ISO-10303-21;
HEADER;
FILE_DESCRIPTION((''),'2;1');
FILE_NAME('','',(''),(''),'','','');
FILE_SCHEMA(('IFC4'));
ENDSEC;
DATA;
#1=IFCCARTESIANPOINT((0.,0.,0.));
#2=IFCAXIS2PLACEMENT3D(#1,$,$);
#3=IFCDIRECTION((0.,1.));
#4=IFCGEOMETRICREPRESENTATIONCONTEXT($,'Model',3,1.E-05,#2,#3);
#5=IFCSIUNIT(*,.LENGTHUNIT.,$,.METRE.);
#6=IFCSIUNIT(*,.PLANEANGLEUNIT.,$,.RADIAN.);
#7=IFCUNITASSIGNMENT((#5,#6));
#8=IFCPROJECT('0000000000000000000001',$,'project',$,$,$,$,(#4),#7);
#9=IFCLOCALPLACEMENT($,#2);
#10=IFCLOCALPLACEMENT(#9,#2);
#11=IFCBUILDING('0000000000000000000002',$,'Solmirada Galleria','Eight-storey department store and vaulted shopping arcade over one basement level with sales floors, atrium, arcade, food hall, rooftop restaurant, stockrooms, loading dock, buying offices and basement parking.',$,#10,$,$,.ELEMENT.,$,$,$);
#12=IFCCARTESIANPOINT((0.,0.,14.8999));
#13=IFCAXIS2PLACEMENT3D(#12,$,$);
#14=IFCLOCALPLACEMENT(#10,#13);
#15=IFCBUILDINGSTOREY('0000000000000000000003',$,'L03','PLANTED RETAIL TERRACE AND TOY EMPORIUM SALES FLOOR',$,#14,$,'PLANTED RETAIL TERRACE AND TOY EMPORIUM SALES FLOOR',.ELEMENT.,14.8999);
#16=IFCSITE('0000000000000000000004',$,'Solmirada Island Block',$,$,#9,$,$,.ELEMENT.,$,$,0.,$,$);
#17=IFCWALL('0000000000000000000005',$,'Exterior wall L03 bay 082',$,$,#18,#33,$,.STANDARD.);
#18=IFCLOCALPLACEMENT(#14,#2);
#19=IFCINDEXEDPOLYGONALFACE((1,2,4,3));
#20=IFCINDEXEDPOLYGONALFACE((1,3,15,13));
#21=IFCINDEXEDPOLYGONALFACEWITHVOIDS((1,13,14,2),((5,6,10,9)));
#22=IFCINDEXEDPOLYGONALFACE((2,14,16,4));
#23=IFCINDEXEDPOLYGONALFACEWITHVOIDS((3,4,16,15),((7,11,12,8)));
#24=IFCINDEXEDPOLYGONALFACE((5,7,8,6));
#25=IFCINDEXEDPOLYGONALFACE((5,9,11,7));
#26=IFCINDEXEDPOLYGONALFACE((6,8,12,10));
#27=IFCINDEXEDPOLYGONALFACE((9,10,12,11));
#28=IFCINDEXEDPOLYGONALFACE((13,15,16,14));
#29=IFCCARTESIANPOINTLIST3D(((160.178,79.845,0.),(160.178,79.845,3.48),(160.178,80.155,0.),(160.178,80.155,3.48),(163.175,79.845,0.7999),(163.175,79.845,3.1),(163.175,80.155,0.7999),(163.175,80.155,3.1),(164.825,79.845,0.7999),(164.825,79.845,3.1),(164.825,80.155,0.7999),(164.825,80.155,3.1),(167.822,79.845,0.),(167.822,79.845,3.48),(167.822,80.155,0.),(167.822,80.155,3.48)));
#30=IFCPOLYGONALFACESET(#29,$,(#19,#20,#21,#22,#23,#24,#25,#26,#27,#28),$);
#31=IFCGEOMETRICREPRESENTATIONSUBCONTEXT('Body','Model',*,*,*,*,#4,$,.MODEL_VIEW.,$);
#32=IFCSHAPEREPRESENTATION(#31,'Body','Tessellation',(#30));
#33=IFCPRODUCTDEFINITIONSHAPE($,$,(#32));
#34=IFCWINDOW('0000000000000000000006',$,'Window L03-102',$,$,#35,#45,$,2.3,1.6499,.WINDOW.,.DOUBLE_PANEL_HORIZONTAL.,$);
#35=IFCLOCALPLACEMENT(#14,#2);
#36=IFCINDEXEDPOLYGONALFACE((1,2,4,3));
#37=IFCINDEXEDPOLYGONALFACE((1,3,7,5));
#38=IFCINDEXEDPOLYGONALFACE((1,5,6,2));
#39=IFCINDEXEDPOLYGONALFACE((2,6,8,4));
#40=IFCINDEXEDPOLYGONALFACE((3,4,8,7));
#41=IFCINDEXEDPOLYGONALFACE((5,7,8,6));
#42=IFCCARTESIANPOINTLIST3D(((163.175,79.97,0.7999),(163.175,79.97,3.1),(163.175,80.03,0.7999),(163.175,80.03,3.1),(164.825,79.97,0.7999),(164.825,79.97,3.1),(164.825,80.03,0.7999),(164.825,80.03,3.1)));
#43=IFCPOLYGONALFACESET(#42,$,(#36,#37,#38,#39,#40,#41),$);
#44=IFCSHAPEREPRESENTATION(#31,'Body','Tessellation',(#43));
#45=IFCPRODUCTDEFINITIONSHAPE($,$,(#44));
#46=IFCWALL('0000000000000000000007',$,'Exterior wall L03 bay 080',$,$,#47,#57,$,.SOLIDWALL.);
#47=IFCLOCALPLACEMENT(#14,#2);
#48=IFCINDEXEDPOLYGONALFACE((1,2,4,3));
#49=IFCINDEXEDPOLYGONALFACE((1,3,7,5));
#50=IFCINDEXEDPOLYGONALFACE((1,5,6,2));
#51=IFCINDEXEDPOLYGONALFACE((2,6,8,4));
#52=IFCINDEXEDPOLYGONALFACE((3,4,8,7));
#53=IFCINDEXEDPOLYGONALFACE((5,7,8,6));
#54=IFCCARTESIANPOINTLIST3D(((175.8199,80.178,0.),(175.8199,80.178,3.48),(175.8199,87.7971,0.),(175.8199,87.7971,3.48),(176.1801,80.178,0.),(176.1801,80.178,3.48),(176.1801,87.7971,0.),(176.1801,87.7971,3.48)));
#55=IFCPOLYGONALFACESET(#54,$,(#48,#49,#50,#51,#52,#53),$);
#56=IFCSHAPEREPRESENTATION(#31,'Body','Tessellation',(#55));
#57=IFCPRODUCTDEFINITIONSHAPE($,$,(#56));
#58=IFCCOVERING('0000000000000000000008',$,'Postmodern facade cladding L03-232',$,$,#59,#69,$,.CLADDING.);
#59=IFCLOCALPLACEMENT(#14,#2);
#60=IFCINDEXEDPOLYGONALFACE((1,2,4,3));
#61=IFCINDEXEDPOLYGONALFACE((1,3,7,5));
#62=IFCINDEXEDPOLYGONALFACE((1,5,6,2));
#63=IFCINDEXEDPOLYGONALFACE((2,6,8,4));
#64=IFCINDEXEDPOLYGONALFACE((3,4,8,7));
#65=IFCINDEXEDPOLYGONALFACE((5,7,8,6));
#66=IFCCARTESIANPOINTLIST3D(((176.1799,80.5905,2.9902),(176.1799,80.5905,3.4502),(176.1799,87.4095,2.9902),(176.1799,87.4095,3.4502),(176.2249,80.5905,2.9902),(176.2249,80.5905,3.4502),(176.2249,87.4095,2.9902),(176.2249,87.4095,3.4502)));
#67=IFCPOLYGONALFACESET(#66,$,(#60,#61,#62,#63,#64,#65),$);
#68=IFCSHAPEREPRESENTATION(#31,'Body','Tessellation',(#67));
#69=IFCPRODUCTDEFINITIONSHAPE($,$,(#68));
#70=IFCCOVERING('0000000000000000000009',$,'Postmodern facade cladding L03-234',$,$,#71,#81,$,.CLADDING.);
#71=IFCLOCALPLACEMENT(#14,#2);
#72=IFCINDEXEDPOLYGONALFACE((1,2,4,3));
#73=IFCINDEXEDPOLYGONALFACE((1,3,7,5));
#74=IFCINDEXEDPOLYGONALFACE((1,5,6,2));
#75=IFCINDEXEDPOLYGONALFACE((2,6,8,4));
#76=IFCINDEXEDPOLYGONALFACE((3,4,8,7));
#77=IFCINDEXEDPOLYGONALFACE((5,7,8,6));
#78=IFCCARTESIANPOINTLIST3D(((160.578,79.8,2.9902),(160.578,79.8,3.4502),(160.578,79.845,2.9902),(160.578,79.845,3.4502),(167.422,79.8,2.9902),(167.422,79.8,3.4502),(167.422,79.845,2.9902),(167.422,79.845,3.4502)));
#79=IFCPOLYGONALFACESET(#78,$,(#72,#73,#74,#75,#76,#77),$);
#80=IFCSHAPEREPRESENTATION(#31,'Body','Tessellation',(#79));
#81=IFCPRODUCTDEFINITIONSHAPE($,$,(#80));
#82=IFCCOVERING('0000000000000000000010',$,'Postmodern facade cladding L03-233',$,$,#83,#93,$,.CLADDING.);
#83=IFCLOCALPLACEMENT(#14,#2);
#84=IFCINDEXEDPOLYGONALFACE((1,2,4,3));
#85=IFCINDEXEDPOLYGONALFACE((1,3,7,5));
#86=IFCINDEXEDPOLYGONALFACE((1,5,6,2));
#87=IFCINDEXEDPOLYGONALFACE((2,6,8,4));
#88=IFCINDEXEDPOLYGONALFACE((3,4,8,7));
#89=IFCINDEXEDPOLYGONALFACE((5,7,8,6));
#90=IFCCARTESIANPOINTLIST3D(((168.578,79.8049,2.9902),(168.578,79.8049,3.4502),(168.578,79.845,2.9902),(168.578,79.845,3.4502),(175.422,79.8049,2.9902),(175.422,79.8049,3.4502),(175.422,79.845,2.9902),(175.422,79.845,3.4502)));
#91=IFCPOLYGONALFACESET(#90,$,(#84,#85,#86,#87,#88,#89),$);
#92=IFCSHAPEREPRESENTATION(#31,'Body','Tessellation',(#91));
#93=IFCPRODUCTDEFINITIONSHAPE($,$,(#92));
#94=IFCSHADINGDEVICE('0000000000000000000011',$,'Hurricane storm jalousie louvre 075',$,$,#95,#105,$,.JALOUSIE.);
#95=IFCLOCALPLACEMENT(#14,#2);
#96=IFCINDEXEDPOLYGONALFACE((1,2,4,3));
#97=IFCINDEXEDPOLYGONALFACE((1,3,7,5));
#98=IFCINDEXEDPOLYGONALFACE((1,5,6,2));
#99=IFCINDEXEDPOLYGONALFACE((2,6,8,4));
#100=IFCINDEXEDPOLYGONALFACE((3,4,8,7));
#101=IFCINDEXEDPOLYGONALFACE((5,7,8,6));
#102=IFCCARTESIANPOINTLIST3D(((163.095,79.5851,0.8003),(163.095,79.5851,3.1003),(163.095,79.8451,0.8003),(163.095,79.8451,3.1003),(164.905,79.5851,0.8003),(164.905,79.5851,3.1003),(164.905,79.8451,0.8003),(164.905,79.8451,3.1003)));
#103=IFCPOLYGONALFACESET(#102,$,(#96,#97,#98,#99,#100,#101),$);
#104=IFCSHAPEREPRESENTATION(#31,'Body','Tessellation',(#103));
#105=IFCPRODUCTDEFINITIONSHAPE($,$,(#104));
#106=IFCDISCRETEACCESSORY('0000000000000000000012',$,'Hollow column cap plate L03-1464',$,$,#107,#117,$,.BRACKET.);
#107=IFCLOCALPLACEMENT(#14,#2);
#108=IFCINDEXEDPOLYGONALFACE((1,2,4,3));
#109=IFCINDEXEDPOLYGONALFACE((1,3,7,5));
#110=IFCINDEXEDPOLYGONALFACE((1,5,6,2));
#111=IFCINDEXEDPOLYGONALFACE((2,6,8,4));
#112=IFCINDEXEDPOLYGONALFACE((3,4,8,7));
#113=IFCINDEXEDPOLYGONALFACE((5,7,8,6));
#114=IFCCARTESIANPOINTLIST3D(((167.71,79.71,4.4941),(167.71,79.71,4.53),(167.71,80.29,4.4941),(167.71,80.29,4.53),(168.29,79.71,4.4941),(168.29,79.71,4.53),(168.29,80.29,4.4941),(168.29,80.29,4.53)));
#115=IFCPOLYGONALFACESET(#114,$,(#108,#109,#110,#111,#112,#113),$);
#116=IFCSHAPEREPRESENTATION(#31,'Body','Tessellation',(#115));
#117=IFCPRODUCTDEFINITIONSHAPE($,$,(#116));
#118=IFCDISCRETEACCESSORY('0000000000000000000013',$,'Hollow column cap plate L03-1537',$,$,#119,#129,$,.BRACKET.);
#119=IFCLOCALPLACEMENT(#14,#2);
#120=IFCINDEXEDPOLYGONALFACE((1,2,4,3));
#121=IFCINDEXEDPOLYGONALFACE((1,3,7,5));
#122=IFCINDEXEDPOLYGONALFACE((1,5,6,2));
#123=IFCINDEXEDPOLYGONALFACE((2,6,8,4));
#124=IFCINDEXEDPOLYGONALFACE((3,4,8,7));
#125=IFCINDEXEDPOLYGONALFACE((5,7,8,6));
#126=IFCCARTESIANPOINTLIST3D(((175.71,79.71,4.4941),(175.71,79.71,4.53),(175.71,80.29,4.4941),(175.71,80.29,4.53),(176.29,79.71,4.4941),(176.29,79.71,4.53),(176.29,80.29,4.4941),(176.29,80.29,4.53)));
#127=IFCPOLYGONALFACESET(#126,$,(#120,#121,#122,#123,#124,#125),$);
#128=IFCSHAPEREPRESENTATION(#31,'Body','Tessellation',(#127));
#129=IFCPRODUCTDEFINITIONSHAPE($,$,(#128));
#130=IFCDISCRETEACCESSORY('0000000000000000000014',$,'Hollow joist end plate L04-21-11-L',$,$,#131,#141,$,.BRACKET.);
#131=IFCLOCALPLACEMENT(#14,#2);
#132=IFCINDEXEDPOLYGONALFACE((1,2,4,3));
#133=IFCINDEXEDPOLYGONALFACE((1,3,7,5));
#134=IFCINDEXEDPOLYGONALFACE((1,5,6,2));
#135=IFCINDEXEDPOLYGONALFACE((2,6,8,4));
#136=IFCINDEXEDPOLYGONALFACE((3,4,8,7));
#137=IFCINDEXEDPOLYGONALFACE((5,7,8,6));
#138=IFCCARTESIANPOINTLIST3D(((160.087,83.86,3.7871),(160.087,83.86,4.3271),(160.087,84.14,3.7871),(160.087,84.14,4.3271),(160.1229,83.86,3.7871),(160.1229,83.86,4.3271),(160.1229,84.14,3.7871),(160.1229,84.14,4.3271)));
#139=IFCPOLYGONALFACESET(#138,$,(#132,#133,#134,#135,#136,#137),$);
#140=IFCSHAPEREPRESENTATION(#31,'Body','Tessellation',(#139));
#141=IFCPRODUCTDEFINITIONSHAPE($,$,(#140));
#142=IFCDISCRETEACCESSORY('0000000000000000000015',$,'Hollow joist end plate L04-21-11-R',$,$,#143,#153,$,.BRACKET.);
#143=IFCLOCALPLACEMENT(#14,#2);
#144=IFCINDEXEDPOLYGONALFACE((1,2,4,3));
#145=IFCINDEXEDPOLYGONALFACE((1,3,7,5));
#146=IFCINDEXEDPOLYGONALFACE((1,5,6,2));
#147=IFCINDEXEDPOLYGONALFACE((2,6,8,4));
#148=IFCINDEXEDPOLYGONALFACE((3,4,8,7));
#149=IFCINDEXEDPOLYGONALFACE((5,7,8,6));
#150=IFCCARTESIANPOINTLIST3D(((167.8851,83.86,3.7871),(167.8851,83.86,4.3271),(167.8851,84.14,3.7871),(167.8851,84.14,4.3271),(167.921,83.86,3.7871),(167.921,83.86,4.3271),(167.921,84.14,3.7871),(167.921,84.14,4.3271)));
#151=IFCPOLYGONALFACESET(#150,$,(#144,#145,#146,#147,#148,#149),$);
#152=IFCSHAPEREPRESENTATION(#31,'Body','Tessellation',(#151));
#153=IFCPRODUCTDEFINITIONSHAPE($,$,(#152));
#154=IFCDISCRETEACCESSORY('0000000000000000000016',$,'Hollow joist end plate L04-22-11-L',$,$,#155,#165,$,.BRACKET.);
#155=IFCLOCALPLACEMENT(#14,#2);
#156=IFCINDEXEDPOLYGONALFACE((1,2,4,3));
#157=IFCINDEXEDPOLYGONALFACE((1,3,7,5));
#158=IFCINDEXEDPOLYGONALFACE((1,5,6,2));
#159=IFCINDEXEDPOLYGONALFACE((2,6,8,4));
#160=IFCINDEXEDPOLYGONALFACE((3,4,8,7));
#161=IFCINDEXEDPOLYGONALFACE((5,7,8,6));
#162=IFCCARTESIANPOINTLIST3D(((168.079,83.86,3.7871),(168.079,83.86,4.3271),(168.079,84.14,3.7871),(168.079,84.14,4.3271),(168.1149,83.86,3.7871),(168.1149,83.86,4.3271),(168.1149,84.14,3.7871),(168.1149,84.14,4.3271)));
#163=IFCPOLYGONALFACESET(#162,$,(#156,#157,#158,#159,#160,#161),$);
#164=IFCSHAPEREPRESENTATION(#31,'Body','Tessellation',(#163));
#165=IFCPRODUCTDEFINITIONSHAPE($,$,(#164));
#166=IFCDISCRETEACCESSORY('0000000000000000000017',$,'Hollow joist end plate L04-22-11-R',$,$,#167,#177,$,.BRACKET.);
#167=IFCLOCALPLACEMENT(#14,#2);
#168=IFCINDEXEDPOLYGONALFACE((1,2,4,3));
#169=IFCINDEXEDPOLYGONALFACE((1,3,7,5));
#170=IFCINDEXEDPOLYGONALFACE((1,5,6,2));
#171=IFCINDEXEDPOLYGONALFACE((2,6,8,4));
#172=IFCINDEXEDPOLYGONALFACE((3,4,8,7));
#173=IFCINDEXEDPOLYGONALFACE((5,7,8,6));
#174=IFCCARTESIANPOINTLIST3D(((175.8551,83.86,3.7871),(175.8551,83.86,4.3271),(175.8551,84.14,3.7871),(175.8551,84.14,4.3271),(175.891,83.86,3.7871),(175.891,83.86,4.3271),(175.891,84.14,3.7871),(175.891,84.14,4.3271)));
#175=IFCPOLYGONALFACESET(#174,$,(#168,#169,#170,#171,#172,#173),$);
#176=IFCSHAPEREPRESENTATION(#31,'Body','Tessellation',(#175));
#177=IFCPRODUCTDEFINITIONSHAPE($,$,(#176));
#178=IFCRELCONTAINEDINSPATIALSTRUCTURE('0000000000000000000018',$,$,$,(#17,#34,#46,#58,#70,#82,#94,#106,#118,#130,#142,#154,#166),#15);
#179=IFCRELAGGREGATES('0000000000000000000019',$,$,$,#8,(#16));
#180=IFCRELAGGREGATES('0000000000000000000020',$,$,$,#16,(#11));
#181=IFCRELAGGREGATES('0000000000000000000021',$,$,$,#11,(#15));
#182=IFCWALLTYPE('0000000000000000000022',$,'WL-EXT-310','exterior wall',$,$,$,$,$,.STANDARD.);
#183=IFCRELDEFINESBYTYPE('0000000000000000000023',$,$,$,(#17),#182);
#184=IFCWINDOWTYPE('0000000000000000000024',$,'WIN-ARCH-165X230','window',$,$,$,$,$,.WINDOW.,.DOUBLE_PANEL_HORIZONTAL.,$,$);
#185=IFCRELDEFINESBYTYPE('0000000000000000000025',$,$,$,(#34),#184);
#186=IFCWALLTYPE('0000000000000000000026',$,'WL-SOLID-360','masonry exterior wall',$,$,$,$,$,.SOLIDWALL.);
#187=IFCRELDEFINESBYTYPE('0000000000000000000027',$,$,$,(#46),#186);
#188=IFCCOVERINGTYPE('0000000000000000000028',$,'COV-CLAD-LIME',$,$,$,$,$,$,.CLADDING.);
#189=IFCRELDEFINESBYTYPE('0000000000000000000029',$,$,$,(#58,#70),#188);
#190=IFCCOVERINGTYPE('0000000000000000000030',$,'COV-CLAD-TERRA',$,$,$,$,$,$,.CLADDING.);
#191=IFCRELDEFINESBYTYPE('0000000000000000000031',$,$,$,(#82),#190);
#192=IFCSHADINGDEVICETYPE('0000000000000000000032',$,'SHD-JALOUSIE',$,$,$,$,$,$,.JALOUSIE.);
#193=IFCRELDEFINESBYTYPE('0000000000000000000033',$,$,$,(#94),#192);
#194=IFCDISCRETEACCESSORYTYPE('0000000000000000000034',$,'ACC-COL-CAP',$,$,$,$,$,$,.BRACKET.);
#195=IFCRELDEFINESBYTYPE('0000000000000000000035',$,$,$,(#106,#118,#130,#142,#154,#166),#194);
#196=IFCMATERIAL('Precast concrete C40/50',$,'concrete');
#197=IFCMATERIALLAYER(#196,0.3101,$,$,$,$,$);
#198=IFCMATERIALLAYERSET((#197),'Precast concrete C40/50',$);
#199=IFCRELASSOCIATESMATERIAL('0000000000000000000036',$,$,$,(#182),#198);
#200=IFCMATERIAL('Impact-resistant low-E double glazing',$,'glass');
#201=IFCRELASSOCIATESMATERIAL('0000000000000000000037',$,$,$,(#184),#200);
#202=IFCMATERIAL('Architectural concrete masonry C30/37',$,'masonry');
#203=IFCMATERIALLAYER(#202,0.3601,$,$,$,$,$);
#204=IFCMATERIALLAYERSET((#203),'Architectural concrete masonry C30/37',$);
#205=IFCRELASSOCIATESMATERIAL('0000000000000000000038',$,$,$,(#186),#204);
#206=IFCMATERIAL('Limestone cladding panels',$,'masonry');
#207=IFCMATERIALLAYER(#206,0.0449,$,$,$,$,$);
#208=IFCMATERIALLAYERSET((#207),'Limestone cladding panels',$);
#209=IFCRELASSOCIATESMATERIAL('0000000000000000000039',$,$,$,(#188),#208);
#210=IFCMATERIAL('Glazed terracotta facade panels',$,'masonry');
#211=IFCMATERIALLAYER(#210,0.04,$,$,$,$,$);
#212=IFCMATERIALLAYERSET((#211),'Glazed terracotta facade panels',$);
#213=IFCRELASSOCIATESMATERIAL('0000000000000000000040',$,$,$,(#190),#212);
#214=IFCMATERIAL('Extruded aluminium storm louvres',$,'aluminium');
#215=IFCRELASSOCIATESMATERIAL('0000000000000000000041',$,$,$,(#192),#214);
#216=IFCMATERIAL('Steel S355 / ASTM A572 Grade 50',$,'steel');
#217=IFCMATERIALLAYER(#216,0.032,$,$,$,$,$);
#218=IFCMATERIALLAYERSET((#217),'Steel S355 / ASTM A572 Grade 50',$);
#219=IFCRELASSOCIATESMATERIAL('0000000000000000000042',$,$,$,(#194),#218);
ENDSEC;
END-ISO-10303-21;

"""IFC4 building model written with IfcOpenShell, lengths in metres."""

from ifc_helpers import new_model, si_unit, direction, frame, frame_2d, origin, origin_2d, place, context, subcontext, project, spatial, rectangle, extrude, material, layer, layer_set, type_object, element, fill, save


model = new_model("IFC4")

# Units and contexts
model_context = context("Model", 3, precision=1e-05, world=origin(), true_north=direction((0.0, 1.0)))
body_context = subcontext(model_context, "Body", "Model", "MODEL_VIEW")
ifc_project = project(units=[si_unit("LENGTHUNIT", "METRE"), si_unit("PLANEANGLEUNIT", "RADIAN")], contexts=[model_context])

# Site, building, storey
site_placement = place(None, origin())
site = spatial("IfcSite", under=ifc_project, at=site_placement, Name="Solmirada Island Block", CompositionType="ELEMENT", RefElevation=0.0)
building_placement = place(site_placement, origin())
building = spatial("IfcBuilding", under=site, at=building_placement, Name="Solmirada Galleria", Description="Eight-storey department store and vaulted shopping arcade over one basement level with sales floors, atrium, arcade, food hall, rooftop restaurant, stockrooms, loading dock, buying offices and basement parking.", CompositionType="ELEMENT")
storey_placement = place(building_placement, frame((0.0, 0.0, 14.8999)))
storey = spatial("IfcBuildingStorey", under=building, at=storey_placement, Name="L03", Description="PLANTED RETAIL TERRACE AND TOY EMPORIUM SALES FLOOR", LongName="PLANTED RETAIL TERRACE AND TOY EMPORIUM SALES FLOOR", CompositionType="ELEMENT", Elevation=14.8999)

# Shared definitions
ifc_material_1 = material(Name="Steel S355 / ASTM A572 Grade 50", Category="steel")

# Wall, opening, window
ifc_material_2 = material(Name="Precast concrete C40/50", Category="concrete")
ifc_layer_1 = layer(ifc_material_2, 0.3101)
ifc_layer_set_1 = layer_set([ifc_layer_1], Name="Precast concrete C40/50")
wall_type_1 = type_object("IfcWallType", Name="WL-EXT-310", Description="exterior wall", PredefinedType="STANDARD", material=ifc_layer_set_1)
ifc_material_3 = material(Name="Impact-resistant low-E double glazing", Category="glass")
window_type = type_object("IfcWindowType", Name="WIN-ARCH-165X230", Description="window", PartitioningType="DOUBLE_PANEL_HORIZONTAL", PredefinedType="WINDOW", material=ifc_material_3)
wall_1_placement = place(storey_placement, frame((167.822, 80.0, 0.0), z_axis=(0.0, 0.0, 1.0), x_axis=(-1.0, 0.0, 0.0)))
wall_1 = element("IfcWall", 1, at=wall_1_placement, inside=storey, type_object=wall_type_1, Name="Exterior wall L03 bay 082", PredefinedType="STANDARD", context=body_context, shape_type="SweptSolid", body=[
    extrude(rectangle(XDim=7.644, YDim=0.3101, at=frame_2d((3.822, 0.0))), origin(), (0.0, 0.0, 1.0), 3.48),
])
opening_1_placement = place(wall_1_placement, frame((2.9971, 0.0, 0.8)))
opening_1 = element("IfcOpeningElement", 2, at=opening_1_placement, cuts=wall_1, PredefinedType="OPENING", context=body_context, shape_type="SweptSolid", body=[
    extrude(rectangle(XDim=1.6499, YDim=2.3, at=frame_2d((0.825, 1.1499))), frame((0.0, 0.165, 0.0), z_axis=(0.0, -1.0, 0.0), x_axis=(1.0, 0.0, 0.0)), (0.0, 0.0, 1.0), 0.3301),
])
window_1_placement = place(opening_1_placement, origin())
window_1 = element("IfcWindow", 3, at=window_1_placement, inside=storey, type_object=window_type, Name="Window L03-102", OverallHeight=2.3, OverallWidth=1.6499, PartitioningType="DOUBLE_PANEL_HORIZONTAL", PredefinedType="WINDOW", context=body_context, shape_type="SweptSolid", body=[
    extrude(rectangle(XDim=1.6499, YDim=2.3, at=frame_2d((0.825, 1.1499))), frame((0.0, 0.03, 0.0), z_axis=(0.0, -1.0, 0.0), x_axis=(1.0, 0.0, 0.0)), (0.0, 0.0, 1.0), 0.0601),
])
fill(opening_1, window_1)

# Wall
ifc_material_4 = material(Name="Architectural concrete masonry C30/37", Category="masonry")
ifc_layer_2 = layer(ifc_material_4, 0.3601)
ifc_layer_set_2 = layer_set([ifc_layer_2], Name="Architectural concrete masonry C30/37")
wall_type_2 = type_object("IfcWallType", Name="WL-SOLID-360", Description="masonry exterior wall", PredefinedType="SOLIDWALL", material=ifc_layer_set_2)
wall_2_placement = place(storey_placement, frame((176.0, 87.7971, 0.0), z_axis=(0.0, 0.0, 1.0), x_axis=(0.0, -1.0, 0.0)))
element("IfcWall", 4, at=wall_2_placement, inside=storey, type_object=wall_type_2, Name="Exterior wall L03 bay 080", PredefinedType="SOLIDWALL", context=body_context, shape_type="SweptSolid", body=[
    extrude(rectangle(XDim=7.6191, YDim=0.3601, at=frame_2d((3.8096, 0.0))), origin(), (0.0, 0.0, 1.0), 3.48),
])

# Coverings
ifc_material_5 = material(Name="Limestone cladding panels", Category="masonry")
ifc_layer_3 = layer(ifc_material_5, 0.0449)
ifc_layer_set_3 = layer_set([ifc_layer_3], Name="Limestone cladding panels")
covering_type_1 = type_object("IfcCoveringType", Name="COV-CLAD-LIME", PredefinedType="CLADDING", material=ifc_layer_set_3)
covering_1_placement = place(storey_placement, frame((176.2024, 84.0, 2.9902), z_axis=(0.0, 0.0, 1.0), x_axis=(0.0, -1.0, 0.0)))
element("IfcCovering", 5, at=covering_1_placement, inside=storey, type_object=covering_type_1, Name="Postmodern facade cladding L03-232", PredefinedType="CLADDING", context=body_context, shape_type="SweptSolid", body=[
    extrude(rectangle(XDim=6.8191, YDim=0.0449, at=origin_2d()), origin(), (0.0, 0.0, 1.0), 0.46),
])
covering_2_placement = place(storey_placement, frame((164.0, 79.8225, 2.9902), z_axis=(0.0, 0.0, 1.0), x_axis=(-1.0, 0.0, 0.0)))
element("IfcCovering", 6, at=covering_2_placement, inside=storey, type_object=covering_type_1, Name="Postmodern facade cladding L03-234", PredefinedType="CLADDING", context=body_context, shape_type="SweptSolid", body=[
    extrude(rectangle(XDim=6.844, YDim=0.0449, at=origin_2d()), origin(), (0.0, 0.0, 1.0), 0.46),
])
ifc_material_6 = material(Name="Glazed terracotta facade panels", Category="masonry")
ifc_layer_4 = layer(ifc_material_6, 0.04)
ifc_layer_set_4 = layer_set([ifc_layer_4], Name="Glazed terracotta facade panels")
covering_type_2 = type_object("IfcCoveringType", Name="COV-CLAD-TERRA", PredefinedType="CLADDING", material=ifc_layer_set_4)
covering_3_placement = place(storey_placement, frame((172.0, 79.825, 2.9902), z_axis=(0.0, 0.0, 1.0), x_axis=(-1.0, 0.0, 0.0)))
element("IfcCovering", 7, at=covering_3_placement, inside=storey, type_object=covering_type_2, Name="Postmodern facade cladding L03-233", PredefinedType="CLADDING", context=body_context, shape_type="SweptSolid", body=[
    extrude(rectangle(XDim=6.844, YDim=0.04, at=origin_2d()), origin(), (0.0, 0.0, 1.0), 0.46),
])

# Shading device
ifc_material_7 = material(Name="Extruded aluminium storm louvres", Category="aluminium")
shading_device_type = type_object("IfcShadingDeviceType", Name="SHD-JALOUSIE", PredefinedType="JALOUSIE", material=ifc_material_7)
shading_device_placement = place(storey_placement, frame((164.0, 79.7151, 0.8003), z_axis=(0.0, 0.0, 1.0), x_axis=(-1.0, 0.0, 0.0)))
element("IfcShadingDevice", 8, at=shading_device_placement, inside=storey, type_object=shading_device_type, Name="Hurricane storm jalousie louvre 075", PredefinedType="JALOUSIE", context=body_context, shape_type="SweptSolid", body=[
    extrude(rectangle(XDim=1.8101, YDim=0.26, at=origin_2d()), origin(), (0.0, 0.0, 1.0), 2.3),
])

# Discrete accessories
ifc_layer_5 = layer(ifc_material_1, 0.032)
ifc_layer_set_5 = layer_set([ifc_layer_5], Name="Steel S355 / ASTM A572 Grade 50")
discrete_accessory_type = type_object("IfcDiscreteAccessoryType", Name="ACC-COL-CAP", PredefinedType="BRACKET", material=ifc_layer_set_5)
for number, where, z_axis, x_axis, name in (
    (9, (168.0, 80.0, 4.4941), (0.0, 0.0, 1.0), (1.0, 0.0, 0.0), "Hollow column cap plate L03-1464"),
    (10, (176.0, 80.0, 4.4941), (0.0, 0.0, 1.0), (1.0, 0.0, 0.0), "Hollow column cap plate L03-1537"),
):
    element("IfcDiscreteAccessory", number, at=place(storey_placement, frame(where, z_axis=z_axis, x_axis=x_axis)), inside=storey, type_object=discrete_accessory_type, Name=name, PredefinedType="BRACKET", context=body_context, shape_type="SweptSolid", body=[
        extrude(rectangle(XDim=0.5801, YDim=0.5801, at=origin_2d()), origin(), (0.0, 0.0, 1.0), 0.0359),
    ])
for number, where, z_axis, x_axis, name in (
    (11, (160.105, 84.0, 3.7871), (0.0, 0.0, 1.0), (1.0, 0.0, 0.0), "Hollow joist end plate L04-21-11-L"),
    (12, (167.9031, 84.0, 3.7871), (0.0, 0.0, 1.0), (1.0, 0.0, 0.0), "Hollow joist end plate L04-21-11-R"),
    (13, (168.0969, 84.0, 3.7871), (0.0, 0.0, 1.0), (1.0, 0.0, 0.0), "Hollow joist end plate L04-22-11-L"),
    (14, (175.873, 84.0, 3.7871), (0.0, 0.0, 1.0), (1.0, 0.0, 0.0), "Hollow joist end plate L04-22-11-R"),
):
    element("IfcDiscreteAccessory", number, at=place(storey_placement, frame(where, z_axis=z_axis, x_axis=x_axis)), inside=storey, type_object=discrete_accessory_type, Name=name, PredefinedType="BRACKET", context=body_context, shape_type="SweptSolid", body=[
        extrude(rectangle(XDim=0.0359, YDim=0.28, at=origin_2d()), origin(), (0.0, 0.0, 1.0), 0.54),
    ])

save(model, "model.ifc")
